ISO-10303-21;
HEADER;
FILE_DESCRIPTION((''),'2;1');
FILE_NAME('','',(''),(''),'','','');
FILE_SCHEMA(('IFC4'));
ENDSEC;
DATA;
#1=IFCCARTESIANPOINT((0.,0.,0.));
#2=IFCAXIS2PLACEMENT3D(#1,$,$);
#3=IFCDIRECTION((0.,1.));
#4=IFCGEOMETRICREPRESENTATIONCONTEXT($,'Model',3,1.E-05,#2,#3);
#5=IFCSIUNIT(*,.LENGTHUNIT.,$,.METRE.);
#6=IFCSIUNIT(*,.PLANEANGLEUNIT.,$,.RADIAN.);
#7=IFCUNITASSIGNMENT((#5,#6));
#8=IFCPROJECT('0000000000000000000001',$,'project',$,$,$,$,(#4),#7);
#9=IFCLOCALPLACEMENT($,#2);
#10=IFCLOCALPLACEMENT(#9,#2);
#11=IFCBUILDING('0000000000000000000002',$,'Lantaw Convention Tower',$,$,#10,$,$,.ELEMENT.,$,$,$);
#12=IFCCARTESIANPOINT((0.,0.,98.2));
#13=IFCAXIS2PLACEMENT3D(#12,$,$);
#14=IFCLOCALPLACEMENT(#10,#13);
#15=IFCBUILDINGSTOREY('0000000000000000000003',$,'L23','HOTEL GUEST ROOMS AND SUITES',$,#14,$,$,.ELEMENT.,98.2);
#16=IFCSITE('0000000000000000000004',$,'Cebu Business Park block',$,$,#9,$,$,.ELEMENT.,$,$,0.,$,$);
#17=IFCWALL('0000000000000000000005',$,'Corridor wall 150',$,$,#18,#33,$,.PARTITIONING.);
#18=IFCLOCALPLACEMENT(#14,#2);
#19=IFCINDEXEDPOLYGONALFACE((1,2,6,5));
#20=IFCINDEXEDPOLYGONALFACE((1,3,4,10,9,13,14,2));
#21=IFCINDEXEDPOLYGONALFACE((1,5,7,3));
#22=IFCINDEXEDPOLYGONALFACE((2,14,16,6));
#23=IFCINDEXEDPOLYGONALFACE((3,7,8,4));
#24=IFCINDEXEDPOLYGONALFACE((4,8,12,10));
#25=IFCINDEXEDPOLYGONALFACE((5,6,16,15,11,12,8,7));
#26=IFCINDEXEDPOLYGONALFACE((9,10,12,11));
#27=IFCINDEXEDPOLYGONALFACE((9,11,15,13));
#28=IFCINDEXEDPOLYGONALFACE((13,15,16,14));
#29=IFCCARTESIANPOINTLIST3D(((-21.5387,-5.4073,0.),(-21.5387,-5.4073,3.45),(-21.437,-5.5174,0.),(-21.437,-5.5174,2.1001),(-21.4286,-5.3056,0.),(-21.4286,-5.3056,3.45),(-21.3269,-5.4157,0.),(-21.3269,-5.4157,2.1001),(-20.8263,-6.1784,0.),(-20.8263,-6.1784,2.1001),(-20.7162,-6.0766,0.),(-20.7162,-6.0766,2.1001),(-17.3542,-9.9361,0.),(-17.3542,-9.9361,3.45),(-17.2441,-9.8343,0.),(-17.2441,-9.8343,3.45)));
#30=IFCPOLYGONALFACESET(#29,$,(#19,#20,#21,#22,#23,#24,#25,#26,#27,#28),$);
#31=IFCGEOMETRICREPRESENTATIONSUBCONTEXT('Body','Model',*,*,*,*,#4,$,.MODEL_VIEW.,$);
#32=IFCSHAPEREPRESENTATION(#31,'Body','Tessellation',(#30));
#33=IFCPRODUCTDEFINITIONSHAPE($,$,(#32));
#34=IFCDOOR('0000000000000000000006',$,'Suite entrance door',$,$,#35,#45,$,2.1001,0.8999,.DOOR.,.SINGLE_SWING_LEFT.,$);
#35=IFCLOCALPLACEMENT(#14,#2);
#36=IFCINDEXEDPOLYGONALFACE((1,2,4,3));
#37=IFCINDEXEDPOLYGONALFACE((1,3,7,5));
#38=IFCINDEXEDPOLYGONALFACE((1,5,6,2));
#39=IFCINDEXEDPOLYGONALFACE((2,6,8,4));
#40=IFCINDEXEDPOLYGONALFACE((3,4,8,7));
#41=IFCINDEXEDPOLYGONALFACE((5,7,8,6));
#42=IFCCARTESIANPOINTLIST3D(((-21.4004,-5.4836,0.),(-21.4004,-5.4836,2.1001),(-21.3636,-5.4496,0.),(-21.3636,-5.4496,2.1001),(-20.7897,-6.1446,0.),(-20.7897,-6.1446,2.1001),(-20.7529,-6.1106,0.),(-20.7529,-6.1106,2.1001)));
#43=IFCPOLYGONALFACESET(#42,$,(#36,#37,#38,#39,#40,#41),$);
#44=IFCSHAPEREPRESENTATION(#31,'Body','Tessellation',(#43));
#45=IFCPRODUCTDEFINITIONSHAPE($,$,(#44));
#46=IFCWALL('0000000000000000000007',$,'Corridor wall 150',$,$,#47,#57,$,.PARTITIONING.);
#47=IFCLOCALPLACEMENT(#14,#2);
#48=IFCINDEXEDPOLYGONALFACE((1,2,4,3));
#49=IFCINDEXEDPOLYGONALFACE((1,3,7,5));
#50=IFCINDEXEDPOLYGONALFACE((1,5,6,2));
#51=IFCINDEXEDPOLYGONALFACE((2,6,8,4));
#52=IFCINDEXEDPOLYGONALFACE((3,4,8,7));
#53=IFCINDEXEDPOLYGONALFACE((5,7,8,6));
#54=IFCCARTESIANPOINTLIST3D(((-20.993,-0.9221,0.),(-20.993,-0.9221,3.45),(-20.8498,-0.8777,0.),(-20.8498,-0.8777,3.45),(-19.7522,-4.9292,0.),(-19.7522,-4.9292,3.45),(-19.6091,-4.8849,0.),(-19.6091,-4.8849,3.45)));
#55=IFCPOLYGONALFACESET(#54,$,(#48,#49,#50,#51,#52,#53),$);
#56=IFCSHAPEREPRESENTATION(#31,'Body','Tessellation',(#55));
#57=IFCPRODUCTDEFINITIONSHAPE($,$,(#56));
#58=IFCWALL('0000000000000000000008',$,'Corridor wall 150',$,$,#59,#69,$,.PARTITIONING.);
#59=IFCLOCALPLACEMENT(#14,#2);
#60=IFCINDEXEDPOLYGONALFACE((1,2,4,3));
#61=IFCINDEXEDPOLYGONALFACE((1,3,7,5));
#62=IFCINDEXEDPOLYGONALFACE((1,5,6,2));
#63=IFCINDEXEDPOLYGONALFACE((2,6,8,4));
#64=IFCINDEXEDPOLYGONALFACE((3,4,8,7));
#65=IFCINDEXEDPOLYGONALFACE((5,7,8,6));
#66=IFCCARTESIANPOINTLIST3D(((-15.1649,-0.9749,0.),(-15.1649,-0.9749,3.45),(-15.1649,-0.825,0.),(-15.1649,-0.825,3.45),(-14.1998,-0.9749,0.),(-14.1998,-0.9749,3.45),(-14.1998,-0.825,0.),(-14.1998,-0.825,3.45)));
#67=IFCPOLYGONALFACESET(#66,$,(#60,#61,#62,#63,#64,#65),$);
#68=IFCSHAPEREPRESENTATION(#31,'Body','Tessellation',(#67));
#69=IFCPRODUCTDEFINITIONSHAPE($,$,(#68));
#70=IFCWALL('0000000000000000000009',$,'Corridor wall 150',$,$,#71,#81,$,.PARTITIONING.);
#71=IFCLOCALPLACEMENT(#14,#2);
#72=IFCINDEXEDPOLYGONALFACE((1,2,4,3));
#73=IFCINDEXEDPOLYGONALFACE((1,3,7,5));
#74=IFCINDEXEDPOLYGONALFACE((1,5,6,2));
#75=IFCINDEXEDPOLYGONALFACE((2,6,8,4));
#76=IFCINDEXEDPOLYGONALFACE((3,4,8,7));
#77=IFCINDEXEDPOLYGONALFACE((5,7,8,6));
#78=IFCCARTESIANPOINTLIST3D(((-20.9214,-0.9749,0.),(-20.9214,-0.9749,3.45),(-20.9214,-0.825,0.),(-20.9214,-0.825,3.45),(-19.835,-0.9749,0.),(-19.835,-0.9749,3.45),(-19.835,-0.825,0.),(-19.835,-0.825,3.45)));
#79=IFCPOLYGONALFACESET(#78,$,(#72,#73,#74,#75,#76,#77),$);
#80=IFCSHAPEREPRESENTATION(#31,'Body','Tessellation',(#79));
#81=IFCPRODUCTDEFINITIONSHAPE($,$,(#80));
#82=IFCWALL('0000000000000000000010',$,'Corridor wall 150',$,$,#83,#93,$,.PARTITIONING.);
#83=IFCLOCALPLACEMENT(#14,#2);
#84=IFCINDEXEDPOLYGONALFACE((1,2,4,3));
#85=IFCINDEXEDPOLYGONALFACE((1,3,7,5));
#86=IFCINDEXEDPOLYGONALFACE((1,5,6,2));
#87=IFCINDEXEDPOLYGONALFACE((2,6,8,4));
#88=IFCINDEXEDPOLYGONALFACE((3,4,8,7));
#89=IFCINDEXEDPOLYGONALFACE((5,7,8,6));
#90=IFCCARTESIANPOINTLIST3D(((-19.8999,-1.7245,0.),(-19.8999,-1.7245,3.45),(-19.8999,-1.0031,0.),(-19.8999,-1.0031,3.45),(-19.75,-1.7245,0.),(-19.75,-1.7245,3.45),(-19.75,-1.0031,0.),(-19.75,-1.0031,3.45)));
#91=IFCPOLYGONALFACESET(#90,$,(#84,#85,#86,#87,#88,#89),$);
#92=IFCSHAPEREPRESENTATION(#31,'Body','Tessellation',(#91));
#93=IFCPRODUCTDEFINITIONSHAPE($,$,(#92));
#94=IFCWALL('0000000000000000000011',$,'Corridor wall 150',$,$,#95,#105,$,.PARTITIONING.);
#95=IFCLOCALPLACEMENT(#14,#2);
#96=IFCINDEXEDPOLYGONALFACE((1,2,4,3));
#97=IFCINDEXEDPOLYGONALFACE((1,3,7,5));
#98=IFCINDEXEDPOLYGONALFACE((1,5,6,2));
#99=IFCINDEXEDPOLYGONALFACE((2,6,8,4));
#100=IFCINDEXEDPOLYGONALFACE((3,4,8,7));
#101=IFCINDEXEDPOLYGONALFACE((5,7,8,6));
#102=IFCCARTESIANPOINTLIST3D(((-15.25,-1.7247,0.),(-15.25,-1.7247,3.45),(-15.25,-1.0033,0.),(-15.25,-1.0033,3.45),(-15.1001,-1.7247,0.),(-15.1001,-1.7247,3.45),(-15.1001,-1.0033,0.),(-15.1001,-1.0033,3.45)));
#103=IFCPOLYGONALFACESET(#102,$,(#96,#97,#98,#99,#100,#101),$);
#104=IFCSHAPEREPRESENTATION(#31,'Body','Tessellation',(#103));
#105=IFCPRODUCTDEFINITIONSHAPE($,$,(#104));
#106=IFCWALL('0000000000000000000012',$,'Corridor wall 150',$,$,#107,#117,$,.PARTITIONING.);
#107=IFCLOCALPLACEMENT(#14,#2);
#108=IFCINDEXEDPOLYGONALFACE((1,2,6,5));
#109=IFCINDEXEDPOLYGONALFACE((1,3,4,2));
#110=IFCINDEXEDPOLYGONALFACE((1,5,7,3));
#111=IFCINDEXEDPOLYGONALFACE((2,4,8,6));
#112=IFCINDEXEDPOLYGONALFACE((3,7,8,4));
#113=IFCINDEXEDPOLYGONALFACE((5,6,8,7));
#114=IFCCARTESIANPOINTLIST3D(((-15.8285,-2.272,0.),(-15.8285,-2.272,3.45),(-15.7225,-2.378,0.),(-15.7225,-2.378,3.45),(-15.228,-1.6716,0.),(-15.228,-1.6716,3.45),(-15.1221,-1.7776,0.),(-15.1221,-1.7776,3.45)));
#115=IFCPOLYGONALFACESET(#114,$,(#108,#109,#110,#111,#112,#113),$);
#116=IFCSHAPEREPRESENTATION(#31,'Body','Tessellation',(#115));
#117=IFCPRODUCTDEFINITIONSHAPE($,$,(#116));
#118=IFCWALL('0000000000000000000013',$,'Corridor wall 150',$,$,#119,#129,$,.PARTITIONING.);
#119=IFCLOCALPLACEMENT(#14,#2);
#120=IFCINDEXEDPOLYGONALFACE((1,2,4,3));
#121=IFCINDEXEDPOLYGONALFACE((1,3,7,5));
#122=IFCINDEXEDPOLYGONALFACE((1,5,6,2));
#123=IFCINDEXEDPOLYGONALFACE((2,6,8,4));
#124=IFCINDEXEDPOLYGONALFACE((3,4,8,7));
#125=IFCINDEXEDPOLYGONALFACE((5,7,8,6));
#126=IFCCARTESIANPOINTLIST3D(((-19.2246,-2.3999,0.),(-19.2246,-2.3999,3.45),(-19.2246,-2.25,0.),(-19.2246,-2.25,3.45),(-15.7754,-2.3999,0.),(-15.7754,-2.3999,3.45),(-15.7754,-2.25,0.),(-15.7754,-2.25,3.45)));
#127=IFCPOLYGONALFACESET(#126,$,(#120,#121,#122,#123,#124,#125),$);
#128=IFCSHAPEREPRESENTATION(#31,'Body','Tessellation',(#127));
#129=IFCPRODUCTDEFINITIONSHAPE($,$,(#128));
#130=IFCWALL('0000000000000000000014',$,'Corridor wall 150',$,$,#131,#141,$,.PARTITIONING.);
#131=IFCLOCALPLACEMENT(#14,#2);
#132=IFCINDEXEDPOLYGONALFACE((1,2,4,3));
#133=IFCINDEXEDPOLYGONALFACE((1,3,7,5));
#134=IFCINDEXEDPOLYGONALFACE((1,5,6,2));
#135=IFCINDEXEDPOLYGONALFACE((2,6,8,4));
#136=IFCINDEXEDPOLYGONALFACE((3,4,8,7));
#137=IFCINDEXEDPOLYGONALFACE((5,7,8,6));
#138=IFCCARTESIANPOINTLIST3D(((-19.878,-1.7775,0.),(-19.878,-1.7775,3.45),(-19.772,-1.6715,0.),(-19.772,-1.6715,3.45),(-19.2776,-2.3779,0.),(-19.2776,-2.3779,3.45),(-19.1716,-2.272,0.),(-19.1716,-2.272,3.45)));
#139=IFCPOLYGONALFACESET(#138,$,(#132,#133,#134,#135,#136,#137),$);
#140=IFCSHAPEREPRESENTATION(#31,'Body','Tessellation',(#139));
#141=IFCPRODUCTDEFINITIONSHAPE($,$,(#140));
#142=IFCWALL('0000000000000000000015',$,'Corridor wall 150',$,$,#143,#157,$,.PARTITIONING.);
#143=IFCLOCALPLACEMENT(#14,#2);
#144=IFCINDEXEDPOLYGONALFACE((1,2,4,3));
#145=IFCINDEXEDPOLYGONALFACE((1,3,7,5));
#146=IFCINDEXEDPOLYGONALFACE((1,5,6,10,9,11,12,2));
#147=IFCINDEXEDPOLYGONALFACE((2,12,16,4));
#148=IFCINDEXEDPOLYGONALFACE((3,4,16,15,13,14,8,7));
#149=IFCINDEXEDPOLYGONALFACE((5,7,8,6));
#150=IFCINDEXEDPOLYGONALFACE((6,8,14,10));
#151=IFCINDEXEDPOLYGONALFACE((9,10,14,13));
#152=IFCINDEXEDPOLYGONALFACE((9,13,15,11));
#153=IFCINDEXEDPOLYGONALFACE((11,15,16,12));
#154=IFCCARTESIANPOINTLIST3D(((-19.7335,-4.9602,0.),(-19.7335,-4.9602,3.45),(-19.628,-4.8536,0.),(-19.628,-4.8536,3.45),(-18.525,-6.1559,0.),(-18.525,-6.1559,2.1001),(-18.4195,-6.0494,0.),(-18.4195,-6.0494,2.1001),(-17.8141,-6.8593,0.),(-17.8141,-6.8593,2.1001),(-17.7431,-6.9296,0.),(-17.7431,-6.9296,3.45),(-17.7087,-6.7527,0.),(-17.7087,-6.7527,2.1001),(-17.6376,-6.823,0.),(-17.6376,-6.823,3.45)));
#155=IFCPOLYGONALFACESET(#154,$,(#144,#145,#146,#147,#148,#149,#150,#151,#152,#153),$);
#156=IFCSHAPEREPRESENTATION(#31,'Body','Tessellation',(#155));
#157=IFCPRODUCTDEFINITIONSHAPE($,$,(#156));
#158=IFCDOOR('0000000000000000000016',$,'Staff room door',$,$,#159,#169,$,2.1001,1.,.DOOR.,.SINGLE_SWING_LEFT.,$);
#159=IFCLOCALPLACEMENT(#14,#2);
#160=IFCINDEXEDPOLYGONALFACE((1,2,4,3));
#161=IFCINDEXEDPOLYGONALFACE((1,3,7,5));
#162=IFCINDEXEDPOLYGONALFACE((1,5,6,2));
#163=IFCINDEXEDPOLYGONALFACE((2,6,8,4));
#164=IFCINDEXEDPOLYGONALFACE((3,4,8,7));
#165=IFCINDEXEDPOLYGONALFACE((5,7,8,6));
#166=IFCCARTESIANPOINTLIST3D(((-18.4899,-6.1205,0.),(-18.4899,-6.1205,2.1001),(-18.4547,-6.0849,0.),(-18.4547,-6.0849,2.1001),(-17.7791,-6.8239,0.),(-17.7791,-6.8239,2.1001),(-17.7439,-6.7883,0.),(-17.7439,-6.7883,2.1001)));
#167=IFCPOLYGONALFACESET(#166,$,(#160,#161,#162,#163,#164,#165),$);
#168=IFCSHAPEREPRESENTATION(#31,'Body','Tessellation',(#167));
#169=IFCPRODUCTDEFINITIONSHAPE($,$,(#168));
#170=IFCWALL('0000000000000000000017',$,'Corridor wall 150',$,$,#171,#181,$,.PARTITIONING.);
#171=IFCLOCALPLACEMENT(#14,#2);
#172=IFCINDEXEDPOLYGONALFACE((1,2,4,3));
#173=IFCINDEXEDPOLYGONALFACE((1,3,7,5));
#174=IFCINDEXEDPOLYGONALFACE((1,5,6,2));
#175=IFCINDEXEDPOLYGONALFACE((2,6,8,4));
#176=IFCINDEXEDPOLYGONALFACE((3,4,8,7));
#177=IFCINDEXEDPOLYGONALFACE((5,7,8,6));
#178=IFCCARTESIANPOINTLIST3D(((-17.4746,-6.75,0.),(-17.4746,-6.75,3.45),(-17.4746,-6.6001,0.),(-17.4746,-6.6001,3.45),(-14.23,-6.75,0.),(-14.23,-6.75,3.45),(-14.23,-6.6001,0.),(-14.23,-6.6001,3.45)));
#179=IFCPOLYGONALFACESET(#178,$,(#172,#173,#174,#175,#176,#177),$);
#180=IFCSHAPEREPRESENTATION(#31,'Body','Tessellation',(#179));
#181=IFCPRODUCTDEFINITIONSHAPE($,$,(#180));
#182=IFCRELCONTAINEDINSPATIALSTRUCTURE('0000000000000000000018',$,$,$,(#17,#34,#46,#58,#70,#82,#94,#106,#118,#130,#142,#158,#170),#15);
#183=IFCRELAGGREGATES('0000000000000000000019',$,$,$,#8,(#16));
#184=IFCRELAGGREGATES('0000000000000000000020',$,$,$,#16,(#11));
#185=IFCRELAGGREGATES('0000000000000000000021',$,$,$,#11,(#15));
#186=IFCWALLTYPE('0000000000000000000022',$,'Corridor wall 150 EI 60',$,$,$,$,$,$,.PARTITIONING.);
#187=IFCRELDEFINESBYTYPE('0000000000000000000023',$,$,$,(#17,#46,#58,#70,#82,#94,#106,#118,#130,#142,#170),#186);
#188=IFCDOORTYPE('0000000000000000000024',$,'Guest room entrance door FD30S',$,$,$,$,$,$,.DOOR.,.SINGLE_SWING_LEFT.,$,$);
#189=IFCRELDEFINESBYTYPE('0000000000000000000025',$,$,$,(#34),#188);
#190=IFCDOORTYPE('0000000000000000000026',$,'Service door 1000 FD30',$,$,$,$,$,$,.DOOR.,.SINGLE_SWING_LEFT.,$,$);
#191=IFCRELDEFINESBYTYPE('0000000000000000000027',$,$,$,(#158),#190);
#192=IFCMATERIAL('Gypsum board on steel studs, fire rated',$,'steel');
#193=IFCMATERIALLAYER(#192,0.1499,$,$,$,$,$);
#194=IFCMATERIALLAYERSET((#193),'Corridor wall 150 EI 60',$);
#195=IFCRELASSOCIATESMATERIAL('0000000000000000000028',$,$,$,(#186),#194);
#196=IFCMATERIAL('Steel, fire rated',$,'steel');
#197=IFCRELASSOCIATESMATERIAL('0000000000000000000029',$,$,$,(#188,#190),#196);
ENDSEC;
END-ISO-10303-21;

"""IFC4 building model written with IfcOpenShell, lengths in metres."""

from ifc_helpers import new_model, si_unit, direction, frame, frame_2d, origin, place, context, subcontext, project, spatial, rectangle, extrude, material, layer, layer_set, type_object, element, fill, save


model = new_model("IFC4")

# Units and contexts
model_context = context("Model", 3, precision=1e-05, world=origin(), true_north=direction((0.0, 1.0)))
body_context = subcontext(model_context, "Body", "Model", "MODEL_VIEW")
ifc_project = project(units=[si_unit("LENGTHUNIT", "METRE"), si_unit("PLANEANGLEUNIT", "RADIAN")], contexts=[model_context])

# Site, building, storey
site_placement = place(None, origin())
site = spatial("IfcSite", under=ifc_project, at=site_placement, Name="Cebu Business Park block", CompositionType="ELEMENT", RefElevation=0.0)
building_placement = place(site_placement, origin())
building = spatial("IfcBuilding", under=site, at=building_placement, Name="Lantaw Convention Tower", CompositionType="ELEMENT")
storey_placement = place(building_placement, frame((0.0, 0.0, 98.2)))
storey = spatial("IfcBuildingStorey", under=building, at=storey_placement, Name="L23", Description="HOTEL GUEST ROOMS AND SUITES", CompositionType="ELEMENT", Elevation=98.2)

# Shared definitions
ifc_material_1 = material(Name="Gypsum board on steel studs, fire rated", Category="steel")
ifc_layer_1 = layer(ifc_material_1, 0.1499)
ifc_layer_set_1 = layer_set([ifc_layer_1], Name="Corridor wall 150 EI 60")
wall_type_1 = type_object("IfcWallType", Name="Corridor wall 150 EI 60", PredefinedType="PARTITIONING", material=ifc_layer_set_1)

# Wall, opening, door
wall_1_placement = place(storey_placement, frame((-21.4836, -5.3564, 0.0), z_axis=(0.0, 0.0, 1.0), x_axis=(0.678642, -0.734469, 0.0)))
wall_1 = element("IfcWall", 1, at=wall_1_placement, inside=storey, type_object=wall_type_1, Name="Corridor wall 150", PredefinedType="PARTITIONING", context=body_context, shape_type="SweptSolid", body=[
    extrude(rectangle(XDim=6.166, YDim=0.1499, at=frame_2d((3.083, 0.0))), origin(), (0.0, 0.0, 1.0), 3.45),
])
opening_1_placement = place(wall_1_placement, frame((0.1499, 0.0, 0.0)))
opening_1 = element("IfcOpeningElement", 2, at=opening_1_placement, cuts=wall_1, PredefinedType="OPENING", context=body_context, shape_type="SweptSolid", body=[
    extrude(rectangle(XDim=0.8999, YDim=2.1001, at=frame_2d((0.45, 1.05))), frame((0.0, 0.085, 0.0), z_axis=(0.0, -1.0, 0.0), x_axis=(1.0, 0.0, 0.0)), (0.0, 0.0, 1.0), 0.1699),
])
ifc_material_2 = material(Name="Steel, fire rated", Category="steel")
door_type_1 = type_object("IfcDoorType", Name="Guest room entrance door FD30S", OperationType="SINGLE_SWING_LEFT", PredefinedType="DOOR", material=ifc_material_2)
door_1_placement = place(opening_1_placement, origin())
door_1 = element("IfcDoor", 3, at=door_1_placement, inside=storey, type_object=door_type_1, Name="Suite entrance door", OperationType="SINGLE_SWING_LEFT", OverallHeight=2.1001, OverallWidth=0.8999, PredefinedType="DOOR", context=body_context, shape_type="SweptSolid", body=[
    extrude(rectangle(XDim=0.8999, YDim=2.1001, at=frame_2d((0.45, 1.05))), frame((0.0, 0.0249, 0.0), z_axis=(0.0, -1.0, 0.0), x_axis=(1.0, 0.0, 0.0)), (0.0, 0.0, 1.0), 0.05),
])
fill(opening_1, door_1)

# Walls
wall_2_placement = place(storey_placement, frame((-20.9214, -0.8999, 0.0), z_axis=(0.0, 0.0, 1.0), x_axis=(0.295779, -0.955257, 0.0)))
element("IfcWall", 4, at=wall_2_placement, inside=storey, type_object=wall_type_1, Name="Corridor wall 150", PredefinedType="PARTITIONING", context=body_context, shape_type="SweptSolid", body=[
    extrude(rectangle(XDim=4.1948, YDim=0.1499, at=frame_2d((2.0974, 0.0))), origin(), (0.0, 0.0, 1.0), 3.45),
])
wall_3_placement = place(storey_placement, frame((-14.2, -0.8999, 0.0), z_axis=(0.0, 0.0, 1.0), x_axis=(-1.0, 0.0, 0.0)))
element("IfcWall", 5, at=wall_3_placement, inside=storey, type_object=wall_type_1, Name="Corridor wall 150", PredefinedType="PARTITIONING", context=body_context, shape_type="SweptSolid", body=[
    extrude(rectangle(XDim=0.9651, YDim=0.1499, at=frame_2d((0.4824, 0.0))), origin(), (0.0, 0.0, 1.0), 3.45),
])
wall_4_placement = place(storey_placement, frame((-19.835, -0.8999, 0.0), z_axis=(0.0, 0.0, 1.0), x_axis=(-1.0, 0.0, 0.0)))
element("IfcWall", 6, at=wall_4_placement, inside=storey, type_object=wall_type_1, Name="Corridor wall 150", PredefinedType="PARTITIONING", context=body_context, shape_type="SweptSolid", body=[
    extrude(rectangle(XDim=1.0864, YDim=0.1499, at=frame_2d((0.5432, 0.0))), origin(), (0.0, 0.0, 1.0), 3.45),
])
for number, where, z_axis, x_axis, name in (
    (7, (-19.825, -1.7246, 0.0), (0.0, 0.0, 1.0), (0.0, 1.0, 0.0), "Corridor wall 150"),
    (8, (-15.175, -1.0032, 0.0), (0.0, 0.0, 1.0), (0.0, -1.0, 0.0), "Corridor wall 150"),
):
    element("IfcWall", number, at=place(storey_placement, frame(where, z_axis=z_axis, x_axis=x_axis)), inside=storey, type_object=wall_type_1, Name=name, PredefinedType="PARTITIONING", context=body_context, shape_type="SweptSolid", body=[
        extrude(rectangle(XDim=0.7214, YDim=0.1499, at=frame_2d((0.3608, 0.0))), origin(), (0.0, 0.0, 1.0), 3.45),
    ])
wall_5_placement = place(storey_placement, frame((-15.175, -1.7246, 0.0), z_axis=(0.0, 0.0, 1.0), x_axis=(-0.707107, -0.707107, 0.0)))
element("IfcWall", 9, at=wall_5_placement, inside=storey, type_object=wall_type_1, Name="Corridor wall 150", PredefinedType="PARTITIONING", context=body_context, shape_type="SweptSolid", body=[
    extrude(rectangle(XDim=0.8491, YDim=0.1499, at=frame_2d((0.4246, 0.0))), origin(), (0.0, 0.0, 1.0), 3.45),
])
wall_6_placement = place(storey_placement, frame((-15.7754, -2.325, 0.0), z_axis=(0.0, 0.0, 1.0), x_axis=(-1.0, 0.0, 0.0)))
element("IfcWall", 10, at=wall_6_placement, inside=storey, type_object=wall_type_1, Name="Corridor wall 150", PredefinedType="PARTITIONING", context=body_context, shape_type="SweptSolid", body=[
    extrude(rectangle(XDim=3.4492, YDim=0.1499, at=frame_2d((1.7246, 0.0))), origin(), (0.0, 0.0, 1.0), 3.45),
])
wall_7_placement = place(storey_placement, frame((-19.2246, -2.325, 0.0), z_axis=(0.0, 0.0, 1.0), x_axis=(-0.707107, 0.707107, 0.0)))
element("IfcWall", 11, at=wall_7_placement, inside=storey, type_object=wall_type_1, Name="Corridor wall 150", PredefinedType="PARTITIONING", context=body_context, shape_type="SweptSolid", body=[
    extrude(rectangle(XDim=0.8491, YDim=0.1499, at=frame_2d((0.4246, 0.0))), origin(), (0.0, 0.0, 1.0), 3.45),
])

# Wall, opening, door
wall_8_placement = place(storey_placement, frame((-19.6807, -4.907, 0.0), z_axis=(0.0, 0.0, 1.0), x_axis=(0.710846, -0.703348, 0.0)))
wall_8 = element("IfcWall", 12, at=wall_8_placement, inside=storey, type_object=wall_type_1, Name="Corridor wall 150", PredefinedType="PARTITIONING", context=body_context, shape_type="SweptSolid", body=[
    extrude(rectangle(XDim=2.8, YDim=0.1499, at=frame_2d((1.3999, 0.0))), origin(), (0.0, 0.0, 1.0), 3.45),
])
opening_2_placement = place(wall_8_placement, frame((1.7, 0.0, 0.0)))
opening_2 = element("IfcOpeningElement", 13, at=opening_2_placement, cuts=wall_8, PredefinedType="OPENING", context=body_context, shape_type="SweptSolid", body=[
    extrude(rectangle(XDim=1.0, YDim=2.1001, at=frame_2d((0.5, 1.05))), frame((0.0, 0.085, 0.0), z_axis=(0.0, -1.0, 0.0), x_axis=(1.0, 0.0, 0.0)), (0.0, 0.0, 1.0), 0.1699),
])
door_type_2 = type_object("IfcDoorType", Name="Service door 1000 FD30", OperationType="SINGLE_SWING_LEFT", PredefinedType="DOOR", material=ifc_material_2)
door_2_placement = place(opening_2_placement, origin())
door_2 = element("IfcDoor", 14, at=door_2_placement, inside=storey, type_object=door_type_2, Name="Staff room door", OperationType="SINGLE_SWING_LEFT", OverallHeight=2.1001, OverallWidth=1.0, PredefinedType="DOOR", context=body_context, shape_type="SweptSolid", body=[
    extrude(rectangle(XDim=1.0, YDim=2.1001, at=frame_2d((0.5, 1.05))), frame((0.0, 0.0249, 0.0), z_axis=(0.0, -1.0, 0.0), x_axis=(1.0, 0.0, 0.0)), (0.0, 0.0, 1.0), 0.05),
])
fill(opening_2, door_2)

# Wall
wall_9_placement = place(storey_placement, frame((-17.4746, -6.675, 0.0), z_axis=(0.0, 0.0, 1.0), x_axis=(1.0, 0.0, 0.0)))
element("IfcWall", 15, at=wall_9_placement, inside=storey, type_object=wall_type_1, Name="Corridor wall 150", PredefinedType="PARTITIONING", context=body_context, shape_type="SweptSolid", body=[
    extrude(rectangle(XDim=3.2446, YDim=0.1499, at=frame_2d((1.6223, 0.0))), origin(), (0.0, 0.0, 1.0), 3.45),
])

save(model, "model.ifc")
